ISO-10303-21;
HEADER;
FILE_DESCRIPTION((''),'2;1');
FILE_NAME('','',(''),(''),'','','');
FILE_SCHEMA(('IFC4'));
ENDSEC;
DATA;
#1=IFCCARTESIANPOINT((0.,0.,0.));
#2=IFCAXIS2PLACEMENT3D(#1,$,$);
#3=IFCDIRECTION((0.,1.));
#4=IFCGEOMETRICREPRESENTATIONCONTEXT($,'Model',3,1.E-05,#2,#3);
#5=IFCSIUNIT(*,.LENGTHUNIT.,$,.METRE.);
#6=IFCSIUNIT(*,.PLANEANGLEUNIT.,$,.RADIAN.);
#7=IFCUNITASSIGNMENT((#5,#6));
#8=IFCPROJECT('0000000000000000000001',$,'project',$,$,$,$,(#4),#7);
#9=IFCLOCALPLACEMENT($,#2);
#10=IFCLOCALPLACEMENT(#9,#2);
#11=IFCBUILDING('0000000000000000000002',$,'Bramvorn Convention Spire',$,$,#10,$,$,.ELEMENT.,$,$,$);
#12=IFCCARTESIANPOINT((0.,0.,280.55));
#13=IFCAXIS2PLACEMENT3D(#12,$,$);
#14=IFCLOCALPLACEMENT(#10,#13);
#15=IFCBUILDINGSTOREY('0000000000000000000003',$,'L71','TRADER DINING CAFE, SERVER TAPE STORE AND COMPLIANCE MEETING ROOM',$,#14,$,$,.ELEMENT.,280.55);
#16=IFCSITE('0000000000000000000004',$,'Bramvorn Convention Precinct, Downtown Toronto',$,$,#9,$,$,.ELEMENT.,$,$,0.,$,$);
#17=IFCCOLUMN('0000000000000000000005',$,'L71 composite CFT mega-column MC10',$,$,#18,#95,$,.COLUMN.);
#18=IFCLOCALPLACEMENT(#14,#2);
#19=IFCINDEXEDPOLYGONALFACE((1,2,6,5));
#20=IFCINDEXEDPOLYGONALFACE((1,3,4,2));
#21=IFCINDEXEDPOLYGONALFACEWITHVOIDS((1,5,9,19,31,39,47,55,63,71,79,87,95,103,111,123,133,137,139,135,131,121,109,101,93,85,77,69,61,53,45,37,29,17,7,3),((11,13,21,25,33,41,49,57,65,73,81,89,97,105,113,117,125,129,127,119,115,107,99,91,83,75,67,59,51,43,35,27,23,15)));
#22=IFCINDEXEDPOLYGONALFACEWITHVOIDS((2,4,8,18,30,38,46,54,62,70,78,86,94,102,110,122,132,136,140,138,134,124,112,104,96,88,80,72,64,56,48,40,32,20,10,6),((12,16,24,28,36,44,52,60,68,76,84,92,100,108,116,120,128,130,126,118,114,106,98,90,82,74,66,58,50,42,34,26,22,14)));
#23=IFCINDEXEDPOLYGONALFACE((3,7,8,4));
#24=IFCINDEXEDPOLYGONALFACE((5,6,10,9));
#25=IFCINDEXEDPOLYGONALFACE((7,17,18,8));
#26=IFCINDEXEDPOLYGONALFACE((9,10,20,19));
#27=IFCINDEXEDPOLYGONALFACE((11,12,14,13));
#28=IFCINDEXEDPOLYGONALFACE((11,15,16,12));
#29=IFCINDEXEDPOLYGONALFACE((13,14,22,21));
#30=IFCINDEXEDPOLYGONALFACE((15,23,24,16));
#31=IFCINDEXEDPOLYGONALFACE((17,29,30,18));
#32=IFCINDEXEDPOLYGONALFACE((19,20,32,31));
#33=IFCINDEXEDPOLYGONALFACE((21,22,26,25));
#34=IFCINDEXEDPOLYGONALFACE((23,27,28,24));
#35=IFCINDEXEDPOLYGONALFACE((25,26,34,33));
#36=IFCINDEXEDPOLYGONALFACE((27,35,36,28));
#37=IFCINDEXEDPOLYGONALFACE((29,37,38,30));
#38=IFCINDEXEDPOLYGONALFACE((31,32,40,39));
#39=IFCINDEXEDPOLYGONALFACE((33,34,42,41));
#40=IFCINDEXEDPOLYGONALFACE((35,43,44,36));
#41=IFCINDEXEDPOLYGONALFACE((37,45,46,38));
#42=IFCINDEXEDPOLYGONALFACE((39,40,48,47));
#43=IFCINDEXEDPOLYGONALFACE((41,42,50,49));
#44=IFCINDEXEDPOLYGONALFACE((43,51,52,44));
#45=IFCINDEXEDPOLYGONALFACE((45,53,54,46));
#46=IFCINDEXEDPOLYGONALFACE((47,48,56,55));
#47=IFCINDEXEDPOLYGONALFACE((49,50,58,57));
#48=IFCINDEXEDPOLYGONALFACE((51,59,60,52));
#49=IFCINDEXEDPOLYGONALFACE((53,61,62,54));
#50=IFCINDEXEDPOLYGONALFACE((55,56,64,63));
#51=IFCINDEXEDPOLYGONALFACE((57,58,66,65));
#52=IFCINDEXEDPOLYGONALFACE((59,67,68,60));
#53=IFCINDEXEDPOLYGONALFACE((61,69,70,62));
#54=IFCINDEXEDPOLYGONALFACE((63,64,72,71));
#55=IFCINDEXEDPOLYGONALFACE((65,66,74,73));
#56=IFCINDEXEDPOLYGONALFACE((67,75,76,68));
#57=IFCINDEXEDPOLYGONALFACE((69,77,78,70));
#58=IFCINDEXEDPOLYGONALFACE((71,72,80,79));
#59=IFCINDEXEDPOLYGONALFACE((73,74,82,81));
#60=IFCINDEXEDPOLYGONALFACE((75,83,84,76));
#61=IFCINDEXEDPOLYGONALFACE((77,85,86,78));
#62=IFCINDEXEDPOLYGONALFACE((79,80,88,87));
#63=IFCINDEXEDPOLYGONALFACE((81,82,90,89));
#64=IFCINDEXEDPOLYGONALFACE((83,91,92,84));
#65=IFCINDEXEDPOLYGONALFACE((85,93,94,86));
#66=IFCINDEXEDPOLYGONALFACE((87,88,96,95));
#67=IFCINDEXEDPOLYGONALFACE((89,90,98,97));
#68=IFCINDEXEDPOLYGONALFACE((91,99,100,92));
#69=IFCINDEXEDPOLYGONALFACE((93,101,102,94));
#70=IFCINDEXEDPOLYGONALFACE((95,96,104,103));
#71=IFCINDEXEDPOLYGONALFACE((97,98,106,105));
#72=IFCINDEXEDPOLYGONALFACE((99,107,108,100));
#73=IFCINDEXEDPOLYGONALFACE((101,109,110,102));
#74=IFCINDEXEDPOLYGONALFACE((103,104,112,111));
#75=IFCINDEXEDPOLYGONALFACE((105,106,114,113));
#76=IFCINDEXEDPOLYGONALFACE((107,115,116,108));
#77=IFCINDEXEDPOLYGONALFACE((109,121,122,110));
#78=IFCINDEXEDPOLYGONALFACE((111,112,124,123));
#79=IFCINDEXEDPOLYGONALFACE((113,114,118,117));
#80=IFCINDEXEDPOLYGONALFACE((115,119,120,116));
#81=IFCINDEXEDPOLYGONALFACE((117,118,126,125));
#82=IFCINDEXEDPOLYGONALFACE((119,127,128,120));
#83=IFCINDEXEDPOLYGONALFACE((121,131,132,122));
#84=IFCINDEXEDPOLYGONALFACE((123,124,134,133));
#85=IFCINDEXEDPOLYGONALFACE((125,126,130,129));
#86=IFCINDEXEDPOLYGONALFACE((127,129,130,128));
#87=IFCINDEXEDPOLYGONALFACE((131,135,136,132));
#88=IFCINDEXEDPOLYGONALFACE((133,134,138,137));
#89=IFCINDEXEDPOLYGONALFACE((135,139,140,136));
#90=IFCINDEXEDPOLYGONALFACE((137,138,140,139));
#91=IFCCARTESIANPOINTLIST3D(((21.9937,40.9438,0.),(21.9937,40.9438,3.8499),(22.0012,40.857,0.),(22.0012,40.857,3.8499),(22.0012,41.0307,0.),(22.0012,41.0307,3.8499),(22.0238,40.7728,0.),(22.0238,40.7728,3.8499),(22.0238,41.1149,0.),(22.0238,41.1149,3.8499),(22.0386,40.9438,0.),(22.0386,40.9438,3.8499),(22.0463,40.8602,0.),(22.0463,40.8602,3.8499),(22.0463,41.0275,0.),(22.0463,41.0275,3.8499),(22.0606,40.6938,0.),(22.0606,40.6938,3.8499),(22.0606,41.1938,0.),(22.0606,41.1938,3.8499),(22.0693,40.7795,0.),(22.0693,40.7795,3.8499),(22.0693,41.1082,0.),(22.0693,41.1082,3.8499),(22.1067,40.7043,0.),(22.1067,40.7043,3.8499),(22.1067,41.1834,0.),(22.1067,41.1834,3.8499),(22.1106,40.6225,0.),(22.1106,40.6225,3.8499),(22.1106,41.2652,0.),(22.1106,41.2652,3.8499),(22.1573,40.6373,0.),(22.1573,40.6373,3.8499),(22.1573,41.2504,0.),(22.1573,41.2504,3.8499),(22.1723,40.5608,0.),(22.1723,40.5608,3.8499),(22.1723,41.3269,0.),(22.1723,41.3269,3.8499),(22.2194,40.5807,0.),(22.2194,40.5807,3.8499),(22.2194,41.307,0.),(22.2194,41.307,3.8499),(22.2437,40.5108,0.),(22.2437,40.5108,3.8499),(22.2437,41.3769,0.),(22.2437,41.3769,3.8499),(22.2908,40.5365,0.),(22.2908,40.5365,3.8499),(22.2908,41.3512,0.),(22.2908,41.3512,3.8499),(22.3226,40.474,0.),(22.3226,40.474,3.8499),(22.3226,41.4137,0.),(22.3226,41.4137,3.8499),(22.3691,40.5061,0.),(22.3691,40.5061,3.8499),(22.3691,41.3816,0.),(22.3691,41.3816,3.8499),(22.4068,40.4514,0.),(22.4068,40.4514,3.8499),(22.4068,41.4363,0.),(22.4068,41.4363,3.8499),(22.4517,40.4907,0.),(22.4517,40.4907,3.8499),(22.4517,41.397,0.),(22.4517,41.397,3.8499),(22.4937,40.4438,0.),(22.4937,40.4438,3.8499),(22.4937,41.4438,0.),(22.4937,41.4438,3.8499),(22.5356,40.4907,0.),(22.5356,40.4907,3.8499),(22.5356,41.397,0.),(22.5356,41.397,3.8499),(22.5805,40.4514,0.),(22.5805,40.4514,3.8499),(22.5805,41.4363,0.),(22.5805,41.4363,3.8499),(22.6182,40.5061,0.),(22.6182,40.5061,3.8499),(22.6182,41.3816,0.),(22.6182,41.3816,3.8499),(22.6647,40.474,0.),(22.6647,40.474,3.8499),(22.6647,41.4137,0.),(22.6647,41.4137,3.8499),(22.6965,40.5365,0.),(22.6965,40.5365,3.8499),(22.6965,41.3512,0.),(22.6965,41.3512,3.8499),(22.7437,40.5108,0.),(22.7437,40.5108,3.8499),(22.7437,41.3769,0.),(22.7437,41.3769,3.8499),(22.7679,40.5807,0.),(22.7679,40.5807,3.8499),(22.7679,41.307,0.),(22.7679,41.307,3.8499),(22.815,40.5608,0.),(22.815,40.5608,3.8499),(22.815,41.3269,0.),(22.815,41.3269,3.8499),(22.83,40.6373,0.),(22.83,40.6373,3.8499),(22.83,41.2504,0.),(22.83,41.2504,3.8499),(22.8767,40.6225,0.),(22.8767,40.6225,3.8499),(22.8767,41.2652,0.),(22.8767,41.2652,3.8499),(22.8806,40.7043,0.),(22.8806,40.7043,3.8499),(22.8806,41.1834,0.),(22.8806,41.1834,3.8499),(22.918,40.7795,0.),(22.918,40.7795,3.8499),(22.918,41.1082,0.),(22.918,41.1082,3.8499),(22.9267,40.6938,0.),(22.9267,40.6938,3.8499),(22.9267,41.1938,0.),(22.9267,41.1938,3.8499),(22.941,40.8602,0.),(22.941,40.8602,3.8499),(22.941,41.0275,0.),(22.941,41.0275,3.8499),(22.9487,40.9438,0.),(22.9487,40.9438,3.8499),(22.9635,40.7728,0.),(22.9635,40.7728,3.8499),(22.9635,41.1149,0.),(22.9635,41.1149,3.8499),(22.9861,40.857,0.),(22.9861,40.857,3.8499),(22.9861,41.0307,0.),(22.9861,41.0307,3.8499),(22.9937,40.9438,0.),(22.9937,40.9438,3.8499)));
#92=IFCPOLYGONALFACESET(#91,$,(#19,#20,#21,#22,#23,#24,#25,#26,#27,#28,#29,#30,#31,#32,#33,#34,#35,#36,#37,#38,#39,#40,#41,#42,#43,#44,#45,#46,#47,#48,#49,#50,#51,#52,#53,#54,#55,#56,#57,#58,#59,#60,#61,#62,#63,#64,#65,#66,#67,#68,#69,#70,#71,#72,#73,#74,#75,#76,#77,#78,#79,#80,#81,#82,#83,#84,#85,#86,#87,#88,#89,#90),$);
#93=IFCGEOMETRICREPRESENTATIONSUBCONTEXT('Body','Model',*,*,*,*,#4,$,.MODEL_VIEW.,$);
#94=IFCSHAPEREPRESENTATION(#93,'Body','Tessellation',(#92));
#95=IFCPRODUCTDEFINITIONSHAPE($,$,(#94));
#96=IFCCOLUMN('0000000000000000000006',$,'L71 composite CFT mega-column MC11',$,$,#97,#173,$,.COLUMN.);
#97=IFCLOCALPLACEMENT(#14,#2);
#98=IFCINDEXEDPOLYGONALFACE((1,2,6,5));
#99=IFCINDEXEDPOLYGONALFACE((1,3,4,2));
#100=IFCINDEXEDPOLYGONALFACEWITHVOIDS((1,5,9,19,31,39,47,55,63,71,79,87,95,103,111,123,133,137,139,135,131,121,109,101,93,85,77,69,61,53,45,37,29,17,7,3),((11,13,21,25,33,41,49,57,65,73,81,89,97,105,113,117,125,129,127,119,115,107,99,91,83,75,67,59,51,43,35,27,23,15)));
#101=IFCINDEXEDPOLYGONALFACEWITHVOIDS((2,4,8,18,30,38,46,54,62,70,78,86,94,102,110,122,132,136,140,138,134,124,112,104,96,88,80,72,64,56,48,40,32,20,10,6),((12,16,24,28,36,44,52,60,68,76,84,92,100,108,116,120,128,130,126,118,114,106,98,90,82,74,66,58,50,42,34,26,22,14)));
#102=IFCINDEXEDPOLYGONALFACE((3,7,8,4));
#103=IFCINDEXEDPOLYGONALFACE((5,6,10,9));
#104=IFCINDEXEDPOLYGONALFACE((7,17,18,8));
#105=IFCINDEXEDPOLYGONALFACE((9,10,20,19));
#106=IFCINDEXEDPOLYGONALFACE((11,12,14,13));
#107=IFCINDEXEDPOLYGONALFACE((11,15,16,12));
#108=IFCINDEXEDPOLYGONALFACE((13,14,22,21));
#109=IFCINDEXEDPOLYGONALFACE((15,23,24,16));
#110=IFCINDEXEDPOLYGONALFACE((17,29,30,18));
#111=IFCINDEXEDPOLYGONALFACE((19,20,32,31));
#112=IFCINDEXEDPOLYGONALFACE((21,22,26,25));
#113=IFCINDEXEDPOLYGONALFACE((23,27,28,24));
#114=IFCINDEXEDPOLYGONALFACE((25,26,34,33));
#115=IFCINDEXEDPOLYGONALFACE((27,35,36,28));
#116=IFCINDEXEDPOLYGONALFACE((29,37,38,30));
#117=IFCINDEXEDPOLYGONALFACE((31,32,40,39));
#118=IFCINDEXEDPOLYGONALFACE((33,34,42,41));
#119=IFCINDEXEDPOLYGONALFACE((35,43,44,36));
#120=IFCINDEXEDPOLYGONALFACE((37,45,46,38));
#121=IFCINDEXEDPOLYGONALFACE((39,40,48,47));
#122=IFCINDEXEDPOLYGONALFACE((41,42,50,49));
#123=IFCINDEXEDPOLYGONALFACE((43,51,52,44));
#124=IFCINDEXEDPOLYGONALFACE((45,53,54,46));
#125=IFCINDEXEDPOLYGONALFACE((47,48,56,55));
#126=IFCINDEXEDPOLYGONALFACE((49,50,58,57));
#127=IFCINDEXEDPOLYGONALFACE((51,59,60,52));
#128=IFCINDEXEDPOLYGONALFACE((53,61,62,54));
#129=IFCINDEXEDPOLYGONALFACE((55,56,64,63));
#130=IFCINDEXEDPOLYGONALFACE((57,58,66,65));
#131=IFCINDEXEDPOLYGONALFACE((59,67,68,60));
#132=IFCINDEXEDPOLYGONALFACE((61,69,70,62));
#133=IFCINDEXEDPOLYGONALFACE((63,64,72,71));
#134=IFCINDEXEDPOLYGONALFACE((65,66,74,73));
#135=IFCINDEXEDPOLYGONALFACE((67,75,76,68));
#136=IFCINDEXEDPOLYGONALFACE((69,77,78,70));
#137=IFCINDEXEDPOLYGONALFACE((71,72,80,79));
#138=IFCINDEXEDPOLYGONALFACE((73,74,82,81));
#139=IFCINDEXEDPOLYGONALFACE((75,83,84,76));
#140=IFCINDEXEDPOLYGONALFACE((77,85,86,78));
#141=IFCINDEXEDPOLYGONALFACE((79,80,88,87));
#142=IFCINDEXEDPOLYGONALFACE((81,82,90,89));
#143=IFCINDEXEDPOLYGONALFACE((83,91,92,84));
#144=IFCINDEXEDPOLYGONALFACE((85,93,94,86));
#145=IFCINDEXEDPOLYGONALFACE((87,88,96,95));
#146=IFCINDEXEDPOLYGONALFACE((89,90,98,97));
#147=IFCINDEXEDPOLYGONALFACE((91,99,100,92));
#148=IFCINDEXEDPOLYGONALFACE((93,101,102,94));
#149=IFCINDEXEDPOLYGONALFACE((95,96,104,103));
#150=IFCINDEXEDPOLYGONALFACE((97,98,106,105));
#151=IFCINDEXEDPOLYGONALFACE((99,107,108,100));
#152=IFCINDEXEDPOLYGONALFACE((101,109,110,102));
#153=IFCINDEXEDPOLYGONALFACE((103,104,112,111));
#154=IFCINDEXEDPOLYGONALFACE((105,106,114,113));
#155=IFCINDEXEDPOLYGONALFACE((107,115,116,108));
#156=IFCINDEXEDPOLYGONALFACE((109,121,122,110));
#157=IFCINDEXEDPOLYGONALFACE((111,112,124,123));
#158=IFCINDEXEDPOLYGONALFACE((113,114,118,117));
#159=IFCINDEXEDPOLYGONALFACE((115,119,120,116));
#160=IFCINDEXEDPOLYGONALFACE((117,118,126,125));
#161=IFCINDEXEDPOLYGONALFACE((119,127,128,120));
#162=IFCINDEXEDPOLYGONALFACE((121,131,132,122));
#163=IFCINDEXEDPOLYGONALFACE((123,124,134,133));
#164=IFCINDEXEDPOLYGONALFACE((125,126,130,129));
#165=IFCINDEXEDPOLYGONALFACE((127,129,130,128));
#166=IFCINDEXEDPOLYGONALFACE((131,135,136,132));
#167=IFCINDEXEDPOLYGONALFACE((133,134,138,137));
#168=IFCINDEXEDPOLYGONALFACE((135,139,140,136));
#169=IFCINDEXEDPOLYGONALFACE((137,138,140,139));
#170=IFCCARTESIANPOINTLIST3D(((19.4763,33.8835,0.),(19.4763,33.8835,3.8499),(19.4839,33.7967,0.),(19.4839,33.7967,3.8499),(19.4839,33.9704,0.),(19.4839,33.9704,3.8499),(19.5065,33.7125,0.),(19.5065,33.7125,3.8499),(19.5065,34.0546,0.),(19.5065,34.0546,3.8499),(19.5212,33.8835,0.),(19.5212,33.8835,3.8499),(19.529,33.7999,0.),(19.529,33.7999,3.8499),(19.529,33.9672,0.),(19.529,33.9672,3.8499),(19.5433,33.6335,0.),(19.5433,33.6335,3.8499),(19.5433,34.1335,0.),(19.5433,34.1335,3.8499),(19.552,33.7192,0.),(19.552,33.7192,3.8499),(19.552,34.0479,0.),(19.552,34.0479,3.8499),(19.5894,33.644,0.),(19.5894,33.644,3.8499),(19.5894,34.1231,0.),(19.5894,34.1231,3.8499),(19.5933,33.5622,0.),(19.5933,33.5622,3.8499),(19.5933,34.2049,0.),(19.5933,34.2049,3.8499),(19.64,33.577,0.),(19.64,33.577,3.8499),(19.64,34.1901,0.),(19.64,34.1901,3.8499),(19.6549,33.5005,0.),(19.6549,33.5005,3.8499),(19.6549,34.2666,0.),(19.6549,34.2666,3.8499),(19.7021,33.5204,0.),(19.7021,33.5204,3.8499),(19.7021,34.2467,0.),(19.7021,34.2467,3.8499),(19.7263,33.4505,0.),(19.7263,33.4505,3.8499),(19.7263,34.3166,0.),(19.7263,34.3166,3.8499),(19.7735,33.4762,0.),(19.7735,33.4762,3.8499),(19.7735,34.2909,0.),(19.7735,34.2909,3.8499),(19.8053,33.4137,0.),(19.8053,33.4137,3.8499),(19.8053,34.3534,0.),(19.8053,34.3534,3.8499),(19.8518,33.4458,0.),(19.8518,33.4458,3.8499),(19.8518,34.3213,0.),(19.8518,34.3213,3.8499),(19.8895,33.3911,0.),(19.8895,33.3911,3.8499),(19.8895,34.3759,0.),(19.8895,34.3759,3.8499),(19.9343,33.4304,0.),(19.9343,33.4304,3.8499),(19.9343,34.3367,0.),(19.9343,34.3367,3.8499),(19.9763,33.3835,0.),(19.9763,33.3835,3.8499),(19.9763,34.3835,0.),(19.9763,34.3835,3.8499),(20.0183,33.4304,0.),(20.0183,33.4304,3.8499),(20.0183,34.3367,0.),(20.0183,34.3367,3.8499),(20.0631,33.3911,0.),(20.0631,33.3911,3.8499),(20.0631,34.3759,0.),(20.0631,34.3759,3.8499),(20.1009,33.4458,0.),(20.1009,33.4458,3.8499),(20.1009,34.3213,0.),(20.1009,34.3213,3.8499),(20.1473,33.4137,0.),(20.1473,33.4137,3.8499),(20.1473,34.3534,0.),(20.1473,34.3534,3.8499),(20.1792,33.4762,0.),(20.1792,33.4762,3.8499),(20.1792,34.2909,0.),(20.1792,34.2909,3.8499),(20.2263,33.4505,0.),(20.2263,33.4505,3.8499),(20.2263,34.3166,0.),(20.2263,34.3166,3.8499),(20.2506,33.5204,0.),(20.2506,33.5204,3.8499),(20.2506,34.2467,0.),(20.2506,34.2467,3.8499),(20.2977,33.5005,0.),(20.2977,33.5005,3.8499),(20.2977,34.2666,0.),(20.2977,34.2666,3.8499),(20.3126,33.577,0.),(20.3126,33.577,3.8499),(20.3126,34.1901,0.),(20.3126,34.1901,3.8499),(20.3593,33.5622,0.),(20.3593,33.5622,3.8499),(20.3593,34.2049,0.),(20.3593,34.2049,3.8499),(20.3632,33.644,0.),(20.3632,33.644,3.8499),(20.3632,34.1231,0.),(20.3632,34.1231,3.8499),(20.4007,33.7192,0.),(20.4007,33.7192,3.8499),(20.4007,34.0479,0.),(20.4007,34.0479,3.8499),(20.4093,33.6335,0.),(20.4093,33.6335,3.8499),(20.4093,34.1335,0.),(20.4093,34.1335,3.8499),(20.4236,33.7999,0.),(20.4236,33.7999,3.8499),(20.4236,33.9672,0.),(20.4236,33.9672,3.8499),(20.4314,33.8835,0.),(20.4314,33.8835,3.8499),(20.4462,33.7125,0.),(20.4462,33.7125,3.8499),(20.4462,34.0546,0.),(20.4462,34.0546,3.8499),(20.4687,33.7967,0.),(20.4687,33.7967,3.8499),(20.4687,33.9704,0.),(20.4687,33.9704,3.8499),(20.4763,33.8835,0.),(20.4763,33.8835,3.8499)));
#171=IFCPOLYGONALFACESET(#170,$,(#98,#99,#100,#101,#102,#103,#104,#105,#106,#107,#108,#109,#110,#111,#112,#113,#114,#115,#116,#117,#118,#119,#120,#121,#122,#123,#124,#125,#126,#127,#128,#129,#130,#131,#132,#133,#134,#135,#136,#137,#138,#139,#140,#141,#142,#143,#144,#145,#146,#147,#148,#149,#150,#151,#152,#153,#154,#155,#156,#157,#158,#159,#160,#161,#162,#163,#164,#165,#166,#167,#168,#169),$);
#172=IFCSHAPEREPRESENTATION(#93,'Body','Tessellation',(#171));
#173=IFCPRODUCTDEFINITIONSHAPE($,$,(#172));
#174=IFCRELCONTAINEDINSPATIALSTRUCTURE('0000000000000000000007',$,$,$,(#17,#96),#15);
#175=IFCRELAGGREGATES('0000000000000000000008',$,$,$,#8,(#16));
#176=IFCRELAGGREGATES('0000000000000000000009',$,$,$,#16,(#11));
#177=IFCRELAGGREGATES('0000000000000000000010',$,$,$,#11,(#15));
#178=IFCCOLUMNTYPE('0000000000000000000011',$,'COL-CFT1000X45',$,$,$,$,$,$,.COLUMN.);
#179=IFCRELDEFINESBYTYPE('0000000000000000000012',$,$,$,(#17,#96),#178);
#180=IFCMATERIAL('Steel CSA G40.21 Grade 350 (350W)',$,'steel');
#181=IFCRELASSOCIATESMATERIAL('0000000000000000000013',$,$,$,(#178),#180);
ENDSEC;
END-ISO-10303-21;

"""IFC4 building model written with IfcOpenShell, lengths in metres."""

from ifc_helpers import new_model, si_unit, direction, frame, origin, origin_2d, place, context, subcontext, project, spatial, hollow_circle, extrude, material, material_profile, profile_set, type_object, element, save


model = new_model("IFC4")

# Units and contexts
model_context = context("Model", 3, precision=1e-05, world=origin(), true_north=direction((0.0, 1.0)))
body_context = subcontext(model_context, "Body", "Model", "MODEL_VIEW")
ifc_project = project(units=[si_unit("LENGTHUNIT", "METRE"), si_unit("PLANEANGLEUNIT", "RADIAN")], contexts=[model_context])

# Site, building, storey
site_placement = place(None, origin())
site = spatial("IfcSite", under=ifc_project, at=site_placement, Name="Bramvorn Convention Precinct, Downtown Toronto", CompositionType="ELEMENT", RefElevation=0.0)
building_placement = place(site_placement, origin())
building = spatial("IfcBuilding", under=site, at=building_placement, Name="Bramvorn Convention Spire", CompositionType="ELEMENT")
storey_placement = place(building_placement, frame((0.0, 0.0, 280.55)))
storey = spatial("IfcBuildingStorey", under=building, at=storey_placement, Name="L71", Description="TRADER DINING CAFE, SERVER TAPE STORE AND COMPLIANCE MEETING ROOM", CompositionType="ELEMENT", Elevation=280.55)

# Columns
ifc_material_1 = material(Name="Steel CSA G40.21 Grade 350 (350W)", Category="steel")
ifc_material_profile_1 = material_profile(ifc_material_1, hollow_circle(Radius=0.5, WallThickness=0.0449, at=origin_2d()))
ifc_profile_set_1 = profile_set([ifc_material_profile_1], Name="Steel CSA G40.21 Grade 350 (350W) - CFT1000X45")
column_type = type_object("IfcColumnType", Name="COL-CFT1000X45", PredefinedType="COLUMN", material=ifc_profile_set_1)
for number, where, z_axis, x_axis, name in (
    (1, (22.4937, 40.9438, 0.0), (0.0, 0.0, 1.0), (1.0, 0.0, 0.0), "L71 composite CFT mega-column MC10"),
    (2, (19.9763, 33.8835, 0.0), (0.0, 0.0, 1.0), (1.0, 0.0, 0.0), "L71 composite CFT mega-column MC11"),
):
    element("IfcColumn", number, at=place(storey_placement, frame(where, z_axis=z_axis, x_axis=x_axis)), inside=storey, type_object=column_type, Name=name, PredefinedType="COLUMN", context=body_context, shape_type="SweptSolid", body=[
        extrude(hollow_circle(Radius=0.5, WallThickness=0.0449, at=origin_2d()), origin(), (0.0, 0.0, 1.0), 3.8499),
    ])

save(model, "model.ifc")
